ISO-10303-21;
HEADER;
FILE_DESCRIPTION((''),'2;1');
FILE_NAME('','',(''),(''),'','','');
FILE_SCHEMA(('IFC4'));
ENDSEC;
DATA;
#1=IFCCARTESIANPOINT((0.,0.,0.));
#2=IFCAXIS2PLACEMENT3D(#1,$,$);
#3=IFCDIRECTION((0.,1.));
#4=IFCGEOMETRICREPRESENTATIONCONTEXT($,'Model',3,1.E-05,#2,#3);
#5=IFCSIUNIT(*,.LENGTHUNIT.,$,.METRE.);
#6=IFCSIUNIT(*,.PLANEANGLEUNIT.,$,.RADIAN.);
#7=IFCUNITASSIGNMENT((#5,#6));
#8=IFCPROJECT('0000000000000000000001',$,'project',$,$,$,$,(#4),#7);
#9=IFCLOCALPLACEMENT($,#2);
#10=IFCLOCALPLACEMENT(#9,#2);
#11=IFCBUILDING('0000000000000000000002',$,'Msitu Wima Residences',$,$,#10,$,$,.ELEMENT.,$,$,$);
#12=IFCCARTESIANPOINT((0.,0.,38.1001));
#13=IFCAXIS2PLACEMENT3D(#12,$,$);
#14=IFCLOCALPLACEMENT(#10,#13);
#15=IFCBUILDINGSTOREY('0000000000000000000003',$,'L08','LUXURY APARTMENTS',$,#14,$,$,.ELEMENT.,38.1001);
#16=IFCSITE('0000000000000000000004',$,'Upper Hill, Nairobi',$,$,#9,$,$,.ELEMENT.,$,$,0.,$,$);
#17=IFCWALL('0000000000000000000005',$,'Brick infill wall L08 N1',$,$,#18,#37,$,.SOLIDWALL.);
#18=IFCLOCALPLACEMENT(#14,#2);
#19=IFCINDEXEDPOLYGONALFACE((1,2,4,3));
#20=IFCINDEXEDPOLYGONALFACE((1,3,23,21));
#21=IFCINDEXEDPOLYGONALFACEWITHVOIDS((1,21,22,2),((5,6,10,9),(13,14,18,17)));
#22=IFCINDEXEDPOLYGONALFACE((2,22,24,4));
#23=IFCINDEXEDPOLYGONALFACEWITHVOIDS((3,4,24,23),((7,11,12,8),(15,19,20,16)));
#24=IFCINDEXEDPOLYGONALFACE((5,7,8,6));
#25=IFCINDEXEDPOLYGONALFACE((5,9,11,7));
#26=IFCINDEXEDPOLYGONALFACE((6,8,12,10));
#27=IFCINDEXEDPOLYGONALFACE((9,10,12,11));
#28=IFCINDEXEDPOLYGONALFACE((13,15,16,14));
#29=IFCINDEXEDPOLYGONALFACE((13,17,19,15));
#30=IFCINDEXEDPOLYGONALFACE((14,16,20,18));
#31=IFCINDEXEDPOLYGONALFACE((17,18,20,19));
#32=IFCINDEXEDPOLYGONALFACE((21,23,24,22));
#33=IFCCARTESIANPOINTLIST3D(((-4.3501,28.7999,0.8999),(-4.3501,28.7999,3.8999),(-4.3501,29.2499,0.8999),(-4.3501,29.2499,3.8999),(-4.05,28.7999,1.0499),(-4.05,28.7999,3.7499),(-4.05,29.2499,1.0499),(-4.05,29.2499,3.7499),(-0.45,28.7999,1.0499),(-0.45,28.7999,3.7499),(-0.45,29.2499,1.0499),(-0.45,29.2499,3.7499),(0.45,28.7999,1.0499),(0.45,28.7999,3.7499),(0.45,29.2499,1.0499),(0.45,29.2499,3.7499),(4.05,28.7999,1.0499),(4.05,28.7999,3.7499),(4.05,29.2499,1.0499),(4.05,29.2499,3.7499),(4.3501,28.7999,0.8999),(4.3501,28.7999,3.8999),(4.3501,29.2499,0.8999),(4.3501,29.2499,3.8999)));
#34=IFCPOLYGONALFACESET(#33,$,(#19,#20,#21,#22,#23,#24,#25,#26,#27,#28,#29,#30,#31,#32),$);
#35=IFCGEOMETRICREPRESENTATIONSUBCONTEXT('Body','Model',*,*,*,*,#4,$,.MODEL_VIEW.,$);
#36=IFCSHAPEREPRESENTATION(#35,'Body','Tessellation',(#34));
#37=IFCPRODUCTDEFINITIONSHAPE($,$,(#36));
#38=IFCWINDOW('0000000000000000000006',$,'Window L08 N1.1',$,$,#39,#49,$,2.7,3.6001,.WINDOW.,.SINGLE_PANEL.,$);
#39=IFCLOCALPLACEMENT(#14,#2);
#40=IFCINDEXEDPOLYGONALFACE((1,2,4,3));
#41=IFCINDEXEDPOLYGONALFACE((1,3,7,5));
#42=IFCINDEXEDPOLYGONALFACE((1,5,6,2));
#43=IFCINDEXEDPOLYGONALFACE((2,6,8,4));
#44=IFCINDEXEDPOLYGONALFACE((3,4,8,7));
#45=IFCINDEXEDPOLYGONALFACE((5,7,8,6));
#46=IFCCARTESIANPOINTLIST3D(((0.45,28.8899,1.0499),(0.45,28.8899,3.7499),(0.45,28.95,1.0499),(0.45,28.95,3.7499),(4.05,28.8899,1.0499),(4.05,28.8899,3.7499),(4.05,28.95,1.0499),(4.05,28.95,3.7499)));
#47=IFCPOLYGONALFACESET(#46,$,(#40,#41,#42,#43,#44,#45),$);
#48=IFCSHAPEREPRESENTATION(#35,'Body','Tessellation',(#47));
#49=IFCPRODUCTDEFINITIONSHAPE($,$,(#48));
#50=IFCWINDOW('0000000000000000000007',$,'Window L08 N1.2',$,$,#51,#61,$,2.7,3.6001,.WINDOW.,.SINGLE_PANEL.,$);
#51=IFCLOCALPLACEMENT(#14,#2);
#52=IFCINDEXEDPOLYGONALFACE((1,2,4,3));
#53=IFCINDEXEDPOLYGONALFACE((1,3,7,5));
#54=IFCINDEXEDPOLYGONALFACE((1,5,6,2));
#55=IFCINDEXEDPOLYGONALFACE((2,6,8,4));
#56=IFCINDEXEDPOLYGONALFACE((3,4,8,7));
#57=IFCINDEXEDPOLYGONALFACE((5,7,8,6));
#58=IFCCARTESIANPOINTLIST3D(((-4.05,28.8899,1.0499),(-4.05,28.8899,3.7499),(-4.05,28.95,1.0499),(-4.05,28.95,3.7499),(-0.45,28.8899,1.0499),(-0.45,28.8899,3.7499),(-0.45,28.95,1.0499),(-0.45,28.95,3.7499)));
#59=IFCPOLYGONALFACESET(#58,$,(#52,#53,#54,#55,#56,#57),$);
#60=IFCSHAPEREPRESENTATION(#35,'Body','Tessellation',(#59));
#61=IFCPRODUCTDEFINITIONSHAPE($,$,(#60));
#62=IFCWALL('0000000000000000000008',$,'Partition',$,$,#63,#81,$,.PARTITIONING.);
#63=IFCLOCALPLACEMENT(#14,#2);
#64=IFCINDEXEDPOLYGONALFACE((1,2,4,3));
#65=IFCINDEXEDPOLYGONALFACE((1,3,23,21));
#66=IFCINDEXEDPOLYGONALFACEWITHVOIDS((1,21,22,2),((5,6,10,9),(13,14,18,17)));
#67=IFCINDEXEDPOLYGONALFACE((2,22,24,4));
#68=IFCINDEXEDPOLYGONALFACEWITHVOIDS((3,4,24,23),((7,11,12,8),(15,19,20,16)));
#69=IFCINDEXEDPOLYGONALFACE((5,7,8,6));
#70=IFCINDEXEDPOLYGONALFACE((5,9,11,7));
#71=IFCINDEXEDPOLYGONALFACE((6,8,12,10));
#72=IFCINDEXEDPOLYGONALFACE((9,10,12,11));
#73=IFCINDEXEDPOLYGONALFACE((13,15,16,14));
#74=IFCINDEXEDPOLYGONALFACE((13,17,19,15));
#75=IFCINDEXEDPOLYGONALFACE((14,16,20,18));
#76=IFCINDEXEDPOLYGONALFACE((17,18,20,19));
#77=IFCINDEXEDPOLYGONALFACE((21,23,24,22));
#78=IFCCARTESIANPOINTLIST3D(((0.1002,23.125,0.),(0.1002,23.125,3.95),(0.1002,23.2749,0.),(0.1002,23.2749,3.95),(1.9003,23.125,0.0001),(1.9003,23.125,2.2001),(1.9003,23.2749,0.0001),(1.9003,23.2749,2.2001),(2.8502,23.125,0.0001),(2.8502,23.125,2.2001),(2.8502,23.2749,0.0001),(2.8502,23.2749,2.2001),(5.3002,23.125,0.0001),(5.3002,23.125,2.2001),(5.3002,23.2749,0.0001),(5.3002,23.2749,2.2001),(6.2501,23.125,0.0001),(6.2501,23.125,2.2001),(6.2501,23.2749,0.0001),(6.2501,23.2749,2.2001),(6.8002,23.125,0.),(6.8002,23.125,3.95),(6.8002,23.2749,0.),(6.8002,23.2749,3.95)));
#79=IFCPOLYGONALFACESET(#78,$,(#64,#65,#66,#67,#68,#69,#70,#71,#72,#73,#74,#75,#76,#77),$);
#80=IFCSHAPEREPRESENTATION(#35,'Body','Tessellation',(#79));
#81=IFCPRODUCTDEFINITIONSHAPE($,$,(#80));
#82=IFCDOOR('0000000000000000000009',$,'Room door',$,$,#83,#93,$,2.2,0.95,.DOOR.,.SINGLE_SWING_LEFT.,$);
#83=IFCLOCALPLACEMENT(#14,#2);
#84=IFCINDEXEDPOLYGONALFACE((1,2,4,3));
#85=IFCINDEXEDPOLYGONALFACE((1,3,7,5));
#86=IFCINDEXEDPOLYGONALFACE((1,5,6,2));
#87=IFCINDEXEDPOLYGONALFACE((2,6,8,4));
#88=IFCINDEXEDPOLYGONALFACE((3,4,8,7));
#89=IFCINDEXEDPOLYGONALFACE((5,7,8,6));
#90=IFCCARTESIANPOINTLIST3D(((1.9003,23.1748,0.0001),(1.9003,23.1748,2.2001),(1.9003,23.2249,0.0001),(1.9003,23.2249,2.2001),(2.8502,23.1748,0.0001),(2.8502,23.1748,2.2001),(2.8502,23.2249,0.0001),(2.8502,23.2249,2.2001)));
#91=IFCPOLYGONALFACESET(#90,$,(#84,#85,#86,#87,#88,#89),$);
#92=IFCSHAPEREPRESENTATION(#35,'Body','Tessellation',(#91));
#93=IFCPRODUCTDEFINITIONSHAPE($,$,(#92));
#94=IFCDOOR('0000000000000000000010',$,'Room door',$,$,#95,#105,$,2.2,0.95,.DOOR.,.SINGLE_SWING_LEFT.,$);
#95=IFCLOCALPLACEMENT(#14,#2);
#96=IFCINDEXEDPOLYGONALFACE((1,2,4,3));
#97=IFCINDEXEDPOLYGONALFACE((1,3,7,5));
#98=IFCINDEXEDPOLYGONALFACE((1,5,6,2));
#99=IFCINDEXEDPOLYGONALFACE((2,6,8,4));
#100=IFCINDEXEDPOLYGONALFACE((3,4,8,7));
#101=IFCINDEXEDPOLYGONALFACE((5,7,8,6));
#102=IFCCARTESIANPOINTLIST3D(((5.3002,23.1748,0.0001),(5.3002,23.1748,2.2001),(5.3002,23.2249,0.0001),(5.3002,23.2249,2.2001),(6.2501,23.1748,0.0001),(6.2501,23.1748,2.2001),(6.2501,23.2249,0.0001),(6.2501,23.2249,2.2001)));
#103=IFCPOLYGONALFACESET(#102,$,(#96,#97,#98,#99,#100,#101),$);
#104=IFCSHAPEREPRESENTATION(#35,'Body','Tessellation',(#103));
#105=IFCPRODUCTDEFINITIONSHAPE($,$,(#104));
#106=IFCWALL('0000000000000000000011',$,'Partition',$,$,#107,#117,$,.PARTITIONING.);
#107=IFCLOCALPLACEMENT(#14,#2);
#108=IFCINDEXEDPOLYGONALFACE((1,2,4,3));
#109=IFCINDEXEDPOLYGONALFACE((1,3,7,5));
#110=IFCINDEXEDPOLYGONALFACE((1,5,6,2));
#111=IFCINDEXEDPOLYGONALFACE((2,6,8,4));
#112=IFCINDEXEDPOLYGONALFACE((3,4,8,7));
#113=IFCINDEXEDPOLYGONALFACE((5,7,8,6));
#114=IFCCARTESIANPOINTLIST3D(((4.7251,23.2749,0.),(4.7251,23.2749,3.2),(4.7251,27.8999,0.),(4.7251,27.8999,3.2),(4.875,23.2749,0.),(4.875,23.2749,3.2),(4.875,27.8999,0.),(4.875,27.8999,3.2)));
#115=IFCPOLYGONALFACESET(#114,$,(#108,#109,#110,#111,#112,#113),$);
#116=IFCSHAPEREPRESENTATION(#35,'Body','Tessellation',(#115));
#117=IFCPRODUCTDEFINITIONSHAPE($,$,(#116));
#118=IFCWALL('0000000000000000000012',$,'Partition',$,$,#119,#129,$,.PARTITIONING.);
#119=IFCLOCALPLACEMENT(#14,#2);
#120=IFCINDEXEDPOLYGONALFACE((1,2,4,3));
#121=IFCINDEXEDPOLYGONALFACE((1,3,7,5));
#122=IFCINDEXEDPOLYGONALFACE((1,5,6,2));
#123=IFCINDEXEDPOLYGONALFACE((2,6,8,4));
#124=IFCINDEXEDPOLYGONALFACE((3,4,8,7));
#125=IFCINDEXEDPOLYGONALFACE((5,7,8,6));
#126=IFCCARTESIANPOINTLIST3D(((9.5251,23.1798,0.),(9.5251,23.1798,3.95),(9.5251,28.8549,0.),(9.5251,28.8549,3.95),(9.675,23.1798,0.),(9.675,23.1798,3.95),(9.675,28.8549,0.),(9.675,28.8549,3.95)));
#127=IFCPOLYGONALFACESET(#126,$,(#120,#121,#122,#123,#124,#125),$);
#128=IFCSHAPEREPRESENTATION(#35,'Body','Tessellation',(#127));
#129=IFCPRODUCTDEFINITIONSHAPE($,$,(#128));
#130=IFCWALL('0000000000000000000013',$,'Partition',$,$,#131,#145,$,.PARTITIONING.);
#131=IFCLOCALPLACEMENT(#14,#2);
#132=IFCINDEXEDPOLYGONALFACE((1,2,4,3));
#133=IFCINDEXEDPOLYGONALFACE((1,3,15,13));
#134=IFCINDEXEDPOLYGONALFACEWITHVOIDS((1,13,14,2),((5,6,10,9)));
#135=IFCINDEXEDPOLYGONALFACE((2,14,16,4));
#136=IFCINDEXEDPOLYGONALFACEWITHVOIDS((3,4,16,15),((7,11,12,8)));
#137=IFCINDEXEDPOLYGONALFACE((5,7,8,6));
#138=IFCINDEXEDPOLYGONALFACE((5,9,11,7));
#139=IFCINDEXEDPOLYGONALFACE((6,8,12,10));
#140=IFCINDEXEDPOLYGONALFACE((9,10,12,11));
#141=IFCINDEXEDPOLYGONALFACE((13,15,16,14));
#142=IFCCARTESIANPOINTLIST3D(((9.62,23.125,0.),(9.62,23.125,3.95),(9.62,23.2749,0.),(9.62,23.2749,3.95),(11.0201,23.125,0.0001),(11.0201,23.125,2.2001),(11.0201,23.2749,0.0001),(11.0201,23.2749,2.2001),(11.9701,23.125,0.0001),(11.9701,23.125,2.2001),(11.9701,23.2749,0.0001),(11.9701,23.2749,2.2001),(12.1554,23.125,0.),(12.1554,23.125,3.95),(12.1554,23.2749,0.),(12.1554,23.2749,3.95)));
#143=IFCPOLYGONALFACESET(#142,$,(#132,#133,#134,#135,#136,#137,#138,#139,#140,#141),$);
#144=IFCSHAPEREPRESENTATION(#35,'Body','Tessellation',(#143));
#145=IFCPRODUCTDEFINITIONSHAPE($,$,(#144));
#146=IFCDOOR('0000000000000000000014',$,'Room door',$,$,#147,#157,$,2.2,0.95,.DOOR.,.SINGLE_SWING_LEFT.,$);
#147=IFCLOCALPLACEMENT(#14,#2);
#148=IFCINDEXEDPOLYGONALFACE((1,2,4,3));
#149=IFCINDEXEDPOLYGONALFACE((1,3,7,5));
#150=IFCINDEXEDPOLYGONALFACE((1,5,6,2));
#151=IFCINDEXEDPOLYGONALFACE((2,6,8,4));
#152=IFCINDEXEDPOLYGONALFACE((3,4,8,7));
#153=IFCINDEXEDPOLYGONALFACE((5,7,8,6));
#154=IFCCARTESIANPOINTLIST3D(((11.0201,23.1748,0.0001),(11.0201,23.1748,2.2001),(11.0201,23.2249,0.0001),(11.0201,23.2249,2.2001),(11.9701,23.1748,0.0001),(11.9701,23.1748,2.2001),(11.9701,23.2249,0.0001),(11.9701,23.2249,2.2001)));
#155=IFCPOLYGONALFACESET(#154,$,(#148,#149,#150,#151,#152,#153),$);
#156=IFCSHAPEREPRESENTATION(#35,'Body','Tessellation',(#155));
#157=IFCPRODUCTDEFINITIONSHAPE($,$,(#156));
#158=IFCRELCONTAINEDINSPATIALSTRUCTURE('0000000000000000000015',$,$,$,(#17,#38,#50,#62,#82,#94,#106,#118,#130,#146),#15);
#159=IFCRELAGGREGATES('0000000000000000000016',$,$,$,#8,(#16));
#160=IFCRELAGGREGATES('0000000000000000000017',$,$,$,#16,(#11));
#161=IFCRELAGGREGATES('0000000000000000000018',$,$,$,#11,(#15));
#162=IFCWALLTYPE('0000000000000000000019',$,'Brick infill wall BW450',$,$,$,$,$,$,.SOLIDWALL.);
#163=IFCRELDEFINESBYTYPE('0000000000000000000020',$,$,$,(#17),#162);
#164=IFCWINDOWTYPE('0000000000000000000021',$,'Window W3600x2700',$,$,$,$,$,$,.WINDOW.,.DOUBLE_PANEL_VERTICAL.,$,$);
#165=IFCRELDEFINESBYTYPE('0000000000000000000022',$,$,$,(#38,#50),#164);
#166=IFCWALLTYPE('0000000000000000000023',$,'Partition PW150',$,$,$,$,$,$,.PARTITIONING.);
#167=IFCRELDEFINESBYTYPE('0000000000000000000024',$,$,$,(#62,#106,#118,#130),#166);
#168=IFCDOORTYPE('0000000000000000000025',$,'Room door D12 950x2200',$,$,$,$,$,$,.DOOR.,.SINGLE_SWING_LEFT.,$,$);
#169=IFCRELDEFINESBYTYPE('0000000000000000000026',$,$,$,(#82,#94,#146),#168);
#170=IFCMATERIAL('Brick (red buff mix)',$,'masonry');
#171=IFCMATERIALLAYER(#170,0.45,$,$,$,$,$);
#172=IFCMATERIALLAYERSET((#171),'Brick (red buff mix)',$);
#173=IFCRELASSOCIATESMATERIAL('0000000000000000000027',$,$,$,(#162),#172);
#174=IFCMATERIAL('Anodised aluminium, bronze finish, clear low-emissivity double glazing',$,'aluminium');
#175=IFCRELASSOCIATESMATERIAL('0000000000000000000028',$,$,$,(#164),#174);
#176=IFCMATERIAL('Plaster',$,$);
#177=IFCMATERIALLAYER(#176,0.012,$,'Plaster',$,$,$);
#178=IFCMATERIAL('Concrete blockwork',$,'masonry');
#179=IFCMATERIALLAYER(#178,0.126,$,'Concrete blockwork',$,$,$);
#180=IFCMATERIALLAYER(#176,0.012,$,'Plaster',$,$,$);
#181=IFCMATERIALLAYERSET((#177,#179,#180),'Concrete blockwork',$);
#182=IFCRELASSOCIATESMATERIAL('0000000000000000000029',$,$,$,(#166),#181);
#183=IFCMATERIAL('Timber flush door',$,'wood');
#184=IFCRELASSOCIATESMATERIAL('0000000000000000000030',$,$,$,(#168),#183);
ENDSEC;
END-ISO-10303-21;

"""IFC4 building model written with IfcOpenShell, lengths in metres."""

from ifc_helpers import new_model, si_unit, direction, frame, frame_2d, origin, place, context, subcontext, project, spatial, rectangle, extrude, material, layer, layer_set, type_object, element, fill, save


model = new_model("IFC4")

# Units and contexts
model_context = context("Model", 3, precision=1e-05, world=origin(), true_north=direction((0.0, 1.0)))
body_context = subcontext(model_context, "Body", "Model", "MODEL_VIEW")
ifc_project = project(units=[si_unit("LENGTHUNIT", "METRE"), si_unit("PLANEANGLEUNIT", "RADIAN")], contexts=[model_context])

# Site, building, storey
site_placement = place(None, origin())
site = spatial("IfcSite", under=ifc_project, at=site_placement, Name="Upper Hill, Nairobi", CompositionType="ELEMENT", RefElevation=0.0)
building_placement = place(site_placement, origin())
building = spatial("IfcBuilding", under=site, at=building_placement, Name="Msitu Wima Residences", CompositionType="ELEMENT")
storey_placement = place(building_placement, frame((0.0, 0.0, 38.1001)))
storey = spatial("IfcBuildingStorey", under=building, at=storey_placement, Name="L08", Description="LUXURY APARTMENTS", CompositionType="ELEMENT", Elevation=38.1001)

# Shared definitions
ifc_material_1 = material(Name="Brick (red buff mix)", Category="masonry")
ifc_layer_1 = layer(ifc_material_1, 0.45)
ifc_layer_set_1 = layer_set([ifc_layer_1], Name="Brick (red buff mix)")
wall_type_1 = type_object("IfcWallType", Name="Brick infill wall BW450", PredefinedType="SOLIDWALL", material=ifc_layer_set_1)
ifc_material_2 = material(Name="Anodised aluminium, bronze finish, clear low-emissivity double glazing", Category="aluminium")
window_type = type_object("IfcWindowType", Name="Window W3600x2700", PartitioningType="DOUBLE_PANEL_VERTICAL", PredefinedType="WINDOW", material=ifc_material_2)

# Wall, openings, windows
wall_1_placement = place(storey_placement, frame((4.3501, 29.0249, 0.8999), z_axis=(0.0, 0.0, 1.0), x_axis=(-1.0, 0.0, 0.0)))
wall_1 = element("IfcWall", 1, at=wall_1_placement, inside=storey, type_object=wall_type_1, Name="Brick infill wall L08 N1", PredefinedType="SOLIDWALL", context=body_context, shape_type="SweptSolid", body=[
    extrude(rectangle(XDim=8.7002, YDim=0.45, at=frame_2d((4.3501, 0.0))), origin(), (0.0, 0.0, 1.0), 3.0),
])
opening_1_placement = place(wall_1_placement, frame((0.3, 0.0, 0.1499)))
opening_1 = element("IfcOpeningElement", 2, at=opening_1_placement, cuts=wall_1, PredefinedType="OPENING", context=body_context, shape_type="SweptSolid", body=[
    extrude(rectangle(XDim=3.6001, YDim=2.7, at=frame_2d((1.8, 1.3501))), frame((0.0, 0.2349, 0.0), z_axis=(0.0, -1.0, 0.0), x_axis=(1.0, 0.0, 0.0)), (0.0, 0.0, 1.0), 0.47),
])
opening_2_placement = place(wall_1_placement, frame((4.8, 0.0, 0.1499)))
opening_2 = element("IfcOpeningElement", 3, at=opening_2_placement, cuts=wall_1, PredefinedType="OPENING", context=body_context, shape_type="SweptSolid", body=[
    extrude(rectangle(XDim=3.6001, YDim=2.7, at=frame_2d((1.8, 1.3501))), frame((0.0, 0.2349, 0.0), z_axis=(0.0, -1.0, 0.0), x_axis=(1.0, 0.0, 0.0)), (0.0, 0.0, 1.0), 0.47),
])
window_1_placement = place(opening_1_placement, origin())
window_1 = element("IfcWindow", 4, at=window_1_placement, inside=storey, type_object=window_type, Name="Window L08 N1.1", OverallHeight=2.7, OverallWidth=3.6001, PartitioningType="SINGLE_PANEL", PredefinedType="WINDOW", context=body_context, shape_type="SweptSolid", body=[
    extrude(rectangle(XDim=3.6001, YDim=2.7, at=frame_2d((1.8, 1.3501))), frame((0.0, 0.135, 0.0), z_axis=(0.0, -1.0, 0.0), x_axis=(1.0, 0.0, 0.0)), (0.0, 0.0, 1.0), 0.0601),
])
fill(opening_1, window_1)
window_2_placement = place(opening_2_placement, origin())
window_2 = element("IfcWindow", 5, at=window_2_placement, inside=storey, type_object=window_type, Name="Window L08 N1.2", OverallHeight=2.7, OverallWidth=3.6001, PartitioningType="SINGLE_PANEL", PredefinedType="WINDOW", context=body_context, shape_type="SweptSolid", body=[
    extrude(rectangle(XDim=3.6001, YDim=2.7, at=frame_2d((1.8, 1.3501))), frame((0.0, 0.135, 0.0), z_axis=(0.0, -1.0, 0.0), x_axis=(1.0, 0.0, 0.0)), (0.0, 0.0, 1.0), 0.0601),
])
fill(opening_2, window_2)

# Wall, openings, doors
ifc_material_3 = material(Name="Plaster")
ifc_layer_2 = layer(ifc_material_3, 0.012, Name="Plaster")
ifc_material_4 = material(Name="Concrete blockwork", Category="masonry")
ifc_layer_3 = layer(ifc_material_4, 0.126, Name="Concrete blockwork")
ifc_layer_4 = layer(ifc_material_3, 0.012, Name="Plaster")
ifc_layer_set_2 = layer_set([ifc_layer_2, ifc_layer_3, ifc_layer_4], Name="Concrete blockwork")
wall_type_2 = type_object("IfcWallType", Name="Partition PW150", PredefinedType="PARTITIONING", material=ifc_layer_set_2)
wall_2_placement = place(storey_placement, frame((0.1001, 23.2, 0.0), z_axis=(0.0, 0.0, 1.0), x_axis=(1.0, 0.0, 0.0)))
wall_2 = element("IfcWall", 6, at=wall_2_placement, inside=storey, type_object=wall_type_2, Name="Partition", PredefinedType="PARTITIONING", context=body_context, shape_type="SweptSolid", body=[
    extrude(rectangle(XDim=6.7, YDim=0.1499, at=frame_2d((3.3501, 0.0))), origin(), (0.0, 0.0, 1.0), 3.95),
])
opening_3_placement = place(wall_2_placement, frame((1.8, 0.0, 0.0)))
opening_3 = element("IfcOpeningElement", 7, at=opening_3_placement, cuts=wall_2, PredefinedType="OPENING", context=body_context, shape_type="SweptSolid", body=[
    extrude(rectangle(XDim=0.95, YDim=2.2, at=frame_2d((0.4751, 1.1001))), frame((0.0, 0.085, 0.0), z_axis=(0.0, -1.0, 0.0), x_axis=(1.0, 0.0, 0.0)), (0.0, 0.0, 1.0), 0.1699),
])
opening_4_placement = place(wall_2_placement, frame((5.2, 0.0, 0.0)))
opening_4 = element("IfcOpeningElement", 8, at=opening_4_placement, cuts=wall_2, PredefinedType="OPENING", context=body_context, shape_type="SweptSolid", body=[
    extrude(rectangle(XDim=0.95, YDim=2.2, at=frame_2d((0.4751, 1.1001))), frame((0.0, 0.085, 0.0), z_axis=(0.0, -1.0, 0.0), x_axis=(1.0, 0.0, 0.0)), (0.0, 0.0, 1.0), 0.1699),
])
ifc_material_5 = material(Name="Timber flush door", Category="wood")
door_type_1 = type_object("IfcDoorType", Name="Room door D12 950x2200", OperationType="SINGLE_SWING_LEFT", PredefinedType="DOOR", material=ifc_material_5)
door_1_placement = place(opening_3_placement, origin())
door_1 = element("IfcDoor", 9, at=door_1_placement, inside=storey, type_object=door_type_1, Name="Room door", OperationType="SINGLE_SWING_LEFT", OverallHeight=2.2, OverallWidth=0.95, PredefinedType="DOOR", context=body_context, shape_type="SweptSolid", body=[
    extrude(rectangle(XDim=0.95, YDim=2.2, at=frame_2d((0.4751, 1.1001))), frame((0.0, 0.0249, 0.0), z_axis=(0.0, -1.0, 0.0), x_axis=(1.0, 0.0, 0.0)), (0.0, 0.0, 1.0), 0.05),
])
fill(opening_3, door_1)
door_2_placement = place(opening_4_placement, origin())
door_2 = element("IfcDoor", 10, at=door_2_placement, inside=storey, type_object=door_type_1, Name="Room door", OperationType="SINGLE_SWING_LEFT", OverallHeight=2.2, OverallWidth=0.95, PredefinedType="DOOR", context=body_context, shape_type="SweptSolid", body=[
    extrude(rectangle(XDim=0.95, YDim=2.2, at=frame_2d((0.4751, 1.1001))), frame((0.0, 0.0249, 0.0), z_axis=(0.0, -1.0, 0.0), x_axis=(1.0, 0.0, 0.0)), (0.0, 0.0, 1.0), 0.05),
])
fill(opening_4, door_2)

# Walls
wall_3_placement = place(storey_placement, frame((4.8, 23.2749, 0.0), z_axis=(0.0, 0.0, 1.0), x_axis=(0.0, 1.0, 0.0)))
element("IfcWall", 11, at=wall_3_placement, inside=storey, type_object=wall_type_2, Name="Partition", PredefinedType="PARTITIONING", context=body_context, shape_type="SweptSolid", body=[
    extrude(rectangle(XDim=4.625, YDim=0.1499, at=frame_2d((2.3125, 0.0))), origin(), (0.0, 0.0, 1.0), 3.2),
])
wall_4_placement = place(storey_placement, frame((9.6001, 23.1799, 0.0), z_axis=(0.0, 0.0, 1.0), x_axis=(0.0, 1.0, 0.0)))
element("IfcWall", 12, at=wall_4_placement, inside=storey, type_object=wall_type_2, Name="Partition", PredefinedType="PARTITIONING", context=body_context, shape_type="SweptSolid", body=[
    extrude(rectangle(XDim=5.675, YDim=0.1499, at=frame_2d((2.8374, 0.0))), origin(), (0.0, 0.0, 1.0), 3.95),
])

# Wall, opening, door
wall_5_placement = place(storey_placement, frame((9.6201, 23.2, 0.0), z_axis=(0.0, 0.0, 1.0), x_axis=(1.0, 0.0, 0.0)))
wall_5 = element("IfcWall", 13, at=wall_5_placement, inside=storey, type_object=wall_type_2, Name="Partition", PredefinedType="PARTITIONING", context=body_context, shape_type="SweptSolid", body=[
    extrude(rectangle(XDim=2.5354, YDim=0.1499, at=frame_2d((1.2676, 0.0))), origin(), (0.0, 0.0, 1.0), 3.95),
])
opening_5_placement = place(wall_5_placement, frame((1.3999, 0.0, 0.0)))
opening_5 = element("IfcOpeningElement", 14, at=opening_5_placement, cuts=wall_5, PredefinedType="OPENING", context=body_context, shape_type="SweptSolid", body=[
    extrude(rectangle(XDim=0.95, YDim=2.2, at=frame_2d((0.4751, 1.1001))), frame((0.0, 0.085, 0.0), z_axis=(0.0, -1.0, 0.0), x_axis=(1.0, 0.0, 0.0)), (0.0, 0.0, 1.0), 0.1699),
])
door_3_placement = place(opening_5_placement, origin())
door_3 = element("IfcDoor", 15, at=door_3_placement, inside=storey, type_object=door_type_1, Name="Room door", OperationType="SINGLE_SWING_LEFT", OverallHeight=2.2, OverallWidth=0.95, PredefinedType="DOOR", context=body_context, shape_type="SweptSolid", body=[
    extrude(rectangle(XDim=0.95, YDim=2.2, at=frame_2d((0.4751, 1.1001))), frame((0.0, 0.0249, 0.0), z_axis=(0.0, -1.0, 0.0), x_axis=(1.0, 0.0, 0.0)), (0.0, 0.0, 1.0), 0.05),
])
fill(opening_5, door_3)

save(model, "model.ifc")
